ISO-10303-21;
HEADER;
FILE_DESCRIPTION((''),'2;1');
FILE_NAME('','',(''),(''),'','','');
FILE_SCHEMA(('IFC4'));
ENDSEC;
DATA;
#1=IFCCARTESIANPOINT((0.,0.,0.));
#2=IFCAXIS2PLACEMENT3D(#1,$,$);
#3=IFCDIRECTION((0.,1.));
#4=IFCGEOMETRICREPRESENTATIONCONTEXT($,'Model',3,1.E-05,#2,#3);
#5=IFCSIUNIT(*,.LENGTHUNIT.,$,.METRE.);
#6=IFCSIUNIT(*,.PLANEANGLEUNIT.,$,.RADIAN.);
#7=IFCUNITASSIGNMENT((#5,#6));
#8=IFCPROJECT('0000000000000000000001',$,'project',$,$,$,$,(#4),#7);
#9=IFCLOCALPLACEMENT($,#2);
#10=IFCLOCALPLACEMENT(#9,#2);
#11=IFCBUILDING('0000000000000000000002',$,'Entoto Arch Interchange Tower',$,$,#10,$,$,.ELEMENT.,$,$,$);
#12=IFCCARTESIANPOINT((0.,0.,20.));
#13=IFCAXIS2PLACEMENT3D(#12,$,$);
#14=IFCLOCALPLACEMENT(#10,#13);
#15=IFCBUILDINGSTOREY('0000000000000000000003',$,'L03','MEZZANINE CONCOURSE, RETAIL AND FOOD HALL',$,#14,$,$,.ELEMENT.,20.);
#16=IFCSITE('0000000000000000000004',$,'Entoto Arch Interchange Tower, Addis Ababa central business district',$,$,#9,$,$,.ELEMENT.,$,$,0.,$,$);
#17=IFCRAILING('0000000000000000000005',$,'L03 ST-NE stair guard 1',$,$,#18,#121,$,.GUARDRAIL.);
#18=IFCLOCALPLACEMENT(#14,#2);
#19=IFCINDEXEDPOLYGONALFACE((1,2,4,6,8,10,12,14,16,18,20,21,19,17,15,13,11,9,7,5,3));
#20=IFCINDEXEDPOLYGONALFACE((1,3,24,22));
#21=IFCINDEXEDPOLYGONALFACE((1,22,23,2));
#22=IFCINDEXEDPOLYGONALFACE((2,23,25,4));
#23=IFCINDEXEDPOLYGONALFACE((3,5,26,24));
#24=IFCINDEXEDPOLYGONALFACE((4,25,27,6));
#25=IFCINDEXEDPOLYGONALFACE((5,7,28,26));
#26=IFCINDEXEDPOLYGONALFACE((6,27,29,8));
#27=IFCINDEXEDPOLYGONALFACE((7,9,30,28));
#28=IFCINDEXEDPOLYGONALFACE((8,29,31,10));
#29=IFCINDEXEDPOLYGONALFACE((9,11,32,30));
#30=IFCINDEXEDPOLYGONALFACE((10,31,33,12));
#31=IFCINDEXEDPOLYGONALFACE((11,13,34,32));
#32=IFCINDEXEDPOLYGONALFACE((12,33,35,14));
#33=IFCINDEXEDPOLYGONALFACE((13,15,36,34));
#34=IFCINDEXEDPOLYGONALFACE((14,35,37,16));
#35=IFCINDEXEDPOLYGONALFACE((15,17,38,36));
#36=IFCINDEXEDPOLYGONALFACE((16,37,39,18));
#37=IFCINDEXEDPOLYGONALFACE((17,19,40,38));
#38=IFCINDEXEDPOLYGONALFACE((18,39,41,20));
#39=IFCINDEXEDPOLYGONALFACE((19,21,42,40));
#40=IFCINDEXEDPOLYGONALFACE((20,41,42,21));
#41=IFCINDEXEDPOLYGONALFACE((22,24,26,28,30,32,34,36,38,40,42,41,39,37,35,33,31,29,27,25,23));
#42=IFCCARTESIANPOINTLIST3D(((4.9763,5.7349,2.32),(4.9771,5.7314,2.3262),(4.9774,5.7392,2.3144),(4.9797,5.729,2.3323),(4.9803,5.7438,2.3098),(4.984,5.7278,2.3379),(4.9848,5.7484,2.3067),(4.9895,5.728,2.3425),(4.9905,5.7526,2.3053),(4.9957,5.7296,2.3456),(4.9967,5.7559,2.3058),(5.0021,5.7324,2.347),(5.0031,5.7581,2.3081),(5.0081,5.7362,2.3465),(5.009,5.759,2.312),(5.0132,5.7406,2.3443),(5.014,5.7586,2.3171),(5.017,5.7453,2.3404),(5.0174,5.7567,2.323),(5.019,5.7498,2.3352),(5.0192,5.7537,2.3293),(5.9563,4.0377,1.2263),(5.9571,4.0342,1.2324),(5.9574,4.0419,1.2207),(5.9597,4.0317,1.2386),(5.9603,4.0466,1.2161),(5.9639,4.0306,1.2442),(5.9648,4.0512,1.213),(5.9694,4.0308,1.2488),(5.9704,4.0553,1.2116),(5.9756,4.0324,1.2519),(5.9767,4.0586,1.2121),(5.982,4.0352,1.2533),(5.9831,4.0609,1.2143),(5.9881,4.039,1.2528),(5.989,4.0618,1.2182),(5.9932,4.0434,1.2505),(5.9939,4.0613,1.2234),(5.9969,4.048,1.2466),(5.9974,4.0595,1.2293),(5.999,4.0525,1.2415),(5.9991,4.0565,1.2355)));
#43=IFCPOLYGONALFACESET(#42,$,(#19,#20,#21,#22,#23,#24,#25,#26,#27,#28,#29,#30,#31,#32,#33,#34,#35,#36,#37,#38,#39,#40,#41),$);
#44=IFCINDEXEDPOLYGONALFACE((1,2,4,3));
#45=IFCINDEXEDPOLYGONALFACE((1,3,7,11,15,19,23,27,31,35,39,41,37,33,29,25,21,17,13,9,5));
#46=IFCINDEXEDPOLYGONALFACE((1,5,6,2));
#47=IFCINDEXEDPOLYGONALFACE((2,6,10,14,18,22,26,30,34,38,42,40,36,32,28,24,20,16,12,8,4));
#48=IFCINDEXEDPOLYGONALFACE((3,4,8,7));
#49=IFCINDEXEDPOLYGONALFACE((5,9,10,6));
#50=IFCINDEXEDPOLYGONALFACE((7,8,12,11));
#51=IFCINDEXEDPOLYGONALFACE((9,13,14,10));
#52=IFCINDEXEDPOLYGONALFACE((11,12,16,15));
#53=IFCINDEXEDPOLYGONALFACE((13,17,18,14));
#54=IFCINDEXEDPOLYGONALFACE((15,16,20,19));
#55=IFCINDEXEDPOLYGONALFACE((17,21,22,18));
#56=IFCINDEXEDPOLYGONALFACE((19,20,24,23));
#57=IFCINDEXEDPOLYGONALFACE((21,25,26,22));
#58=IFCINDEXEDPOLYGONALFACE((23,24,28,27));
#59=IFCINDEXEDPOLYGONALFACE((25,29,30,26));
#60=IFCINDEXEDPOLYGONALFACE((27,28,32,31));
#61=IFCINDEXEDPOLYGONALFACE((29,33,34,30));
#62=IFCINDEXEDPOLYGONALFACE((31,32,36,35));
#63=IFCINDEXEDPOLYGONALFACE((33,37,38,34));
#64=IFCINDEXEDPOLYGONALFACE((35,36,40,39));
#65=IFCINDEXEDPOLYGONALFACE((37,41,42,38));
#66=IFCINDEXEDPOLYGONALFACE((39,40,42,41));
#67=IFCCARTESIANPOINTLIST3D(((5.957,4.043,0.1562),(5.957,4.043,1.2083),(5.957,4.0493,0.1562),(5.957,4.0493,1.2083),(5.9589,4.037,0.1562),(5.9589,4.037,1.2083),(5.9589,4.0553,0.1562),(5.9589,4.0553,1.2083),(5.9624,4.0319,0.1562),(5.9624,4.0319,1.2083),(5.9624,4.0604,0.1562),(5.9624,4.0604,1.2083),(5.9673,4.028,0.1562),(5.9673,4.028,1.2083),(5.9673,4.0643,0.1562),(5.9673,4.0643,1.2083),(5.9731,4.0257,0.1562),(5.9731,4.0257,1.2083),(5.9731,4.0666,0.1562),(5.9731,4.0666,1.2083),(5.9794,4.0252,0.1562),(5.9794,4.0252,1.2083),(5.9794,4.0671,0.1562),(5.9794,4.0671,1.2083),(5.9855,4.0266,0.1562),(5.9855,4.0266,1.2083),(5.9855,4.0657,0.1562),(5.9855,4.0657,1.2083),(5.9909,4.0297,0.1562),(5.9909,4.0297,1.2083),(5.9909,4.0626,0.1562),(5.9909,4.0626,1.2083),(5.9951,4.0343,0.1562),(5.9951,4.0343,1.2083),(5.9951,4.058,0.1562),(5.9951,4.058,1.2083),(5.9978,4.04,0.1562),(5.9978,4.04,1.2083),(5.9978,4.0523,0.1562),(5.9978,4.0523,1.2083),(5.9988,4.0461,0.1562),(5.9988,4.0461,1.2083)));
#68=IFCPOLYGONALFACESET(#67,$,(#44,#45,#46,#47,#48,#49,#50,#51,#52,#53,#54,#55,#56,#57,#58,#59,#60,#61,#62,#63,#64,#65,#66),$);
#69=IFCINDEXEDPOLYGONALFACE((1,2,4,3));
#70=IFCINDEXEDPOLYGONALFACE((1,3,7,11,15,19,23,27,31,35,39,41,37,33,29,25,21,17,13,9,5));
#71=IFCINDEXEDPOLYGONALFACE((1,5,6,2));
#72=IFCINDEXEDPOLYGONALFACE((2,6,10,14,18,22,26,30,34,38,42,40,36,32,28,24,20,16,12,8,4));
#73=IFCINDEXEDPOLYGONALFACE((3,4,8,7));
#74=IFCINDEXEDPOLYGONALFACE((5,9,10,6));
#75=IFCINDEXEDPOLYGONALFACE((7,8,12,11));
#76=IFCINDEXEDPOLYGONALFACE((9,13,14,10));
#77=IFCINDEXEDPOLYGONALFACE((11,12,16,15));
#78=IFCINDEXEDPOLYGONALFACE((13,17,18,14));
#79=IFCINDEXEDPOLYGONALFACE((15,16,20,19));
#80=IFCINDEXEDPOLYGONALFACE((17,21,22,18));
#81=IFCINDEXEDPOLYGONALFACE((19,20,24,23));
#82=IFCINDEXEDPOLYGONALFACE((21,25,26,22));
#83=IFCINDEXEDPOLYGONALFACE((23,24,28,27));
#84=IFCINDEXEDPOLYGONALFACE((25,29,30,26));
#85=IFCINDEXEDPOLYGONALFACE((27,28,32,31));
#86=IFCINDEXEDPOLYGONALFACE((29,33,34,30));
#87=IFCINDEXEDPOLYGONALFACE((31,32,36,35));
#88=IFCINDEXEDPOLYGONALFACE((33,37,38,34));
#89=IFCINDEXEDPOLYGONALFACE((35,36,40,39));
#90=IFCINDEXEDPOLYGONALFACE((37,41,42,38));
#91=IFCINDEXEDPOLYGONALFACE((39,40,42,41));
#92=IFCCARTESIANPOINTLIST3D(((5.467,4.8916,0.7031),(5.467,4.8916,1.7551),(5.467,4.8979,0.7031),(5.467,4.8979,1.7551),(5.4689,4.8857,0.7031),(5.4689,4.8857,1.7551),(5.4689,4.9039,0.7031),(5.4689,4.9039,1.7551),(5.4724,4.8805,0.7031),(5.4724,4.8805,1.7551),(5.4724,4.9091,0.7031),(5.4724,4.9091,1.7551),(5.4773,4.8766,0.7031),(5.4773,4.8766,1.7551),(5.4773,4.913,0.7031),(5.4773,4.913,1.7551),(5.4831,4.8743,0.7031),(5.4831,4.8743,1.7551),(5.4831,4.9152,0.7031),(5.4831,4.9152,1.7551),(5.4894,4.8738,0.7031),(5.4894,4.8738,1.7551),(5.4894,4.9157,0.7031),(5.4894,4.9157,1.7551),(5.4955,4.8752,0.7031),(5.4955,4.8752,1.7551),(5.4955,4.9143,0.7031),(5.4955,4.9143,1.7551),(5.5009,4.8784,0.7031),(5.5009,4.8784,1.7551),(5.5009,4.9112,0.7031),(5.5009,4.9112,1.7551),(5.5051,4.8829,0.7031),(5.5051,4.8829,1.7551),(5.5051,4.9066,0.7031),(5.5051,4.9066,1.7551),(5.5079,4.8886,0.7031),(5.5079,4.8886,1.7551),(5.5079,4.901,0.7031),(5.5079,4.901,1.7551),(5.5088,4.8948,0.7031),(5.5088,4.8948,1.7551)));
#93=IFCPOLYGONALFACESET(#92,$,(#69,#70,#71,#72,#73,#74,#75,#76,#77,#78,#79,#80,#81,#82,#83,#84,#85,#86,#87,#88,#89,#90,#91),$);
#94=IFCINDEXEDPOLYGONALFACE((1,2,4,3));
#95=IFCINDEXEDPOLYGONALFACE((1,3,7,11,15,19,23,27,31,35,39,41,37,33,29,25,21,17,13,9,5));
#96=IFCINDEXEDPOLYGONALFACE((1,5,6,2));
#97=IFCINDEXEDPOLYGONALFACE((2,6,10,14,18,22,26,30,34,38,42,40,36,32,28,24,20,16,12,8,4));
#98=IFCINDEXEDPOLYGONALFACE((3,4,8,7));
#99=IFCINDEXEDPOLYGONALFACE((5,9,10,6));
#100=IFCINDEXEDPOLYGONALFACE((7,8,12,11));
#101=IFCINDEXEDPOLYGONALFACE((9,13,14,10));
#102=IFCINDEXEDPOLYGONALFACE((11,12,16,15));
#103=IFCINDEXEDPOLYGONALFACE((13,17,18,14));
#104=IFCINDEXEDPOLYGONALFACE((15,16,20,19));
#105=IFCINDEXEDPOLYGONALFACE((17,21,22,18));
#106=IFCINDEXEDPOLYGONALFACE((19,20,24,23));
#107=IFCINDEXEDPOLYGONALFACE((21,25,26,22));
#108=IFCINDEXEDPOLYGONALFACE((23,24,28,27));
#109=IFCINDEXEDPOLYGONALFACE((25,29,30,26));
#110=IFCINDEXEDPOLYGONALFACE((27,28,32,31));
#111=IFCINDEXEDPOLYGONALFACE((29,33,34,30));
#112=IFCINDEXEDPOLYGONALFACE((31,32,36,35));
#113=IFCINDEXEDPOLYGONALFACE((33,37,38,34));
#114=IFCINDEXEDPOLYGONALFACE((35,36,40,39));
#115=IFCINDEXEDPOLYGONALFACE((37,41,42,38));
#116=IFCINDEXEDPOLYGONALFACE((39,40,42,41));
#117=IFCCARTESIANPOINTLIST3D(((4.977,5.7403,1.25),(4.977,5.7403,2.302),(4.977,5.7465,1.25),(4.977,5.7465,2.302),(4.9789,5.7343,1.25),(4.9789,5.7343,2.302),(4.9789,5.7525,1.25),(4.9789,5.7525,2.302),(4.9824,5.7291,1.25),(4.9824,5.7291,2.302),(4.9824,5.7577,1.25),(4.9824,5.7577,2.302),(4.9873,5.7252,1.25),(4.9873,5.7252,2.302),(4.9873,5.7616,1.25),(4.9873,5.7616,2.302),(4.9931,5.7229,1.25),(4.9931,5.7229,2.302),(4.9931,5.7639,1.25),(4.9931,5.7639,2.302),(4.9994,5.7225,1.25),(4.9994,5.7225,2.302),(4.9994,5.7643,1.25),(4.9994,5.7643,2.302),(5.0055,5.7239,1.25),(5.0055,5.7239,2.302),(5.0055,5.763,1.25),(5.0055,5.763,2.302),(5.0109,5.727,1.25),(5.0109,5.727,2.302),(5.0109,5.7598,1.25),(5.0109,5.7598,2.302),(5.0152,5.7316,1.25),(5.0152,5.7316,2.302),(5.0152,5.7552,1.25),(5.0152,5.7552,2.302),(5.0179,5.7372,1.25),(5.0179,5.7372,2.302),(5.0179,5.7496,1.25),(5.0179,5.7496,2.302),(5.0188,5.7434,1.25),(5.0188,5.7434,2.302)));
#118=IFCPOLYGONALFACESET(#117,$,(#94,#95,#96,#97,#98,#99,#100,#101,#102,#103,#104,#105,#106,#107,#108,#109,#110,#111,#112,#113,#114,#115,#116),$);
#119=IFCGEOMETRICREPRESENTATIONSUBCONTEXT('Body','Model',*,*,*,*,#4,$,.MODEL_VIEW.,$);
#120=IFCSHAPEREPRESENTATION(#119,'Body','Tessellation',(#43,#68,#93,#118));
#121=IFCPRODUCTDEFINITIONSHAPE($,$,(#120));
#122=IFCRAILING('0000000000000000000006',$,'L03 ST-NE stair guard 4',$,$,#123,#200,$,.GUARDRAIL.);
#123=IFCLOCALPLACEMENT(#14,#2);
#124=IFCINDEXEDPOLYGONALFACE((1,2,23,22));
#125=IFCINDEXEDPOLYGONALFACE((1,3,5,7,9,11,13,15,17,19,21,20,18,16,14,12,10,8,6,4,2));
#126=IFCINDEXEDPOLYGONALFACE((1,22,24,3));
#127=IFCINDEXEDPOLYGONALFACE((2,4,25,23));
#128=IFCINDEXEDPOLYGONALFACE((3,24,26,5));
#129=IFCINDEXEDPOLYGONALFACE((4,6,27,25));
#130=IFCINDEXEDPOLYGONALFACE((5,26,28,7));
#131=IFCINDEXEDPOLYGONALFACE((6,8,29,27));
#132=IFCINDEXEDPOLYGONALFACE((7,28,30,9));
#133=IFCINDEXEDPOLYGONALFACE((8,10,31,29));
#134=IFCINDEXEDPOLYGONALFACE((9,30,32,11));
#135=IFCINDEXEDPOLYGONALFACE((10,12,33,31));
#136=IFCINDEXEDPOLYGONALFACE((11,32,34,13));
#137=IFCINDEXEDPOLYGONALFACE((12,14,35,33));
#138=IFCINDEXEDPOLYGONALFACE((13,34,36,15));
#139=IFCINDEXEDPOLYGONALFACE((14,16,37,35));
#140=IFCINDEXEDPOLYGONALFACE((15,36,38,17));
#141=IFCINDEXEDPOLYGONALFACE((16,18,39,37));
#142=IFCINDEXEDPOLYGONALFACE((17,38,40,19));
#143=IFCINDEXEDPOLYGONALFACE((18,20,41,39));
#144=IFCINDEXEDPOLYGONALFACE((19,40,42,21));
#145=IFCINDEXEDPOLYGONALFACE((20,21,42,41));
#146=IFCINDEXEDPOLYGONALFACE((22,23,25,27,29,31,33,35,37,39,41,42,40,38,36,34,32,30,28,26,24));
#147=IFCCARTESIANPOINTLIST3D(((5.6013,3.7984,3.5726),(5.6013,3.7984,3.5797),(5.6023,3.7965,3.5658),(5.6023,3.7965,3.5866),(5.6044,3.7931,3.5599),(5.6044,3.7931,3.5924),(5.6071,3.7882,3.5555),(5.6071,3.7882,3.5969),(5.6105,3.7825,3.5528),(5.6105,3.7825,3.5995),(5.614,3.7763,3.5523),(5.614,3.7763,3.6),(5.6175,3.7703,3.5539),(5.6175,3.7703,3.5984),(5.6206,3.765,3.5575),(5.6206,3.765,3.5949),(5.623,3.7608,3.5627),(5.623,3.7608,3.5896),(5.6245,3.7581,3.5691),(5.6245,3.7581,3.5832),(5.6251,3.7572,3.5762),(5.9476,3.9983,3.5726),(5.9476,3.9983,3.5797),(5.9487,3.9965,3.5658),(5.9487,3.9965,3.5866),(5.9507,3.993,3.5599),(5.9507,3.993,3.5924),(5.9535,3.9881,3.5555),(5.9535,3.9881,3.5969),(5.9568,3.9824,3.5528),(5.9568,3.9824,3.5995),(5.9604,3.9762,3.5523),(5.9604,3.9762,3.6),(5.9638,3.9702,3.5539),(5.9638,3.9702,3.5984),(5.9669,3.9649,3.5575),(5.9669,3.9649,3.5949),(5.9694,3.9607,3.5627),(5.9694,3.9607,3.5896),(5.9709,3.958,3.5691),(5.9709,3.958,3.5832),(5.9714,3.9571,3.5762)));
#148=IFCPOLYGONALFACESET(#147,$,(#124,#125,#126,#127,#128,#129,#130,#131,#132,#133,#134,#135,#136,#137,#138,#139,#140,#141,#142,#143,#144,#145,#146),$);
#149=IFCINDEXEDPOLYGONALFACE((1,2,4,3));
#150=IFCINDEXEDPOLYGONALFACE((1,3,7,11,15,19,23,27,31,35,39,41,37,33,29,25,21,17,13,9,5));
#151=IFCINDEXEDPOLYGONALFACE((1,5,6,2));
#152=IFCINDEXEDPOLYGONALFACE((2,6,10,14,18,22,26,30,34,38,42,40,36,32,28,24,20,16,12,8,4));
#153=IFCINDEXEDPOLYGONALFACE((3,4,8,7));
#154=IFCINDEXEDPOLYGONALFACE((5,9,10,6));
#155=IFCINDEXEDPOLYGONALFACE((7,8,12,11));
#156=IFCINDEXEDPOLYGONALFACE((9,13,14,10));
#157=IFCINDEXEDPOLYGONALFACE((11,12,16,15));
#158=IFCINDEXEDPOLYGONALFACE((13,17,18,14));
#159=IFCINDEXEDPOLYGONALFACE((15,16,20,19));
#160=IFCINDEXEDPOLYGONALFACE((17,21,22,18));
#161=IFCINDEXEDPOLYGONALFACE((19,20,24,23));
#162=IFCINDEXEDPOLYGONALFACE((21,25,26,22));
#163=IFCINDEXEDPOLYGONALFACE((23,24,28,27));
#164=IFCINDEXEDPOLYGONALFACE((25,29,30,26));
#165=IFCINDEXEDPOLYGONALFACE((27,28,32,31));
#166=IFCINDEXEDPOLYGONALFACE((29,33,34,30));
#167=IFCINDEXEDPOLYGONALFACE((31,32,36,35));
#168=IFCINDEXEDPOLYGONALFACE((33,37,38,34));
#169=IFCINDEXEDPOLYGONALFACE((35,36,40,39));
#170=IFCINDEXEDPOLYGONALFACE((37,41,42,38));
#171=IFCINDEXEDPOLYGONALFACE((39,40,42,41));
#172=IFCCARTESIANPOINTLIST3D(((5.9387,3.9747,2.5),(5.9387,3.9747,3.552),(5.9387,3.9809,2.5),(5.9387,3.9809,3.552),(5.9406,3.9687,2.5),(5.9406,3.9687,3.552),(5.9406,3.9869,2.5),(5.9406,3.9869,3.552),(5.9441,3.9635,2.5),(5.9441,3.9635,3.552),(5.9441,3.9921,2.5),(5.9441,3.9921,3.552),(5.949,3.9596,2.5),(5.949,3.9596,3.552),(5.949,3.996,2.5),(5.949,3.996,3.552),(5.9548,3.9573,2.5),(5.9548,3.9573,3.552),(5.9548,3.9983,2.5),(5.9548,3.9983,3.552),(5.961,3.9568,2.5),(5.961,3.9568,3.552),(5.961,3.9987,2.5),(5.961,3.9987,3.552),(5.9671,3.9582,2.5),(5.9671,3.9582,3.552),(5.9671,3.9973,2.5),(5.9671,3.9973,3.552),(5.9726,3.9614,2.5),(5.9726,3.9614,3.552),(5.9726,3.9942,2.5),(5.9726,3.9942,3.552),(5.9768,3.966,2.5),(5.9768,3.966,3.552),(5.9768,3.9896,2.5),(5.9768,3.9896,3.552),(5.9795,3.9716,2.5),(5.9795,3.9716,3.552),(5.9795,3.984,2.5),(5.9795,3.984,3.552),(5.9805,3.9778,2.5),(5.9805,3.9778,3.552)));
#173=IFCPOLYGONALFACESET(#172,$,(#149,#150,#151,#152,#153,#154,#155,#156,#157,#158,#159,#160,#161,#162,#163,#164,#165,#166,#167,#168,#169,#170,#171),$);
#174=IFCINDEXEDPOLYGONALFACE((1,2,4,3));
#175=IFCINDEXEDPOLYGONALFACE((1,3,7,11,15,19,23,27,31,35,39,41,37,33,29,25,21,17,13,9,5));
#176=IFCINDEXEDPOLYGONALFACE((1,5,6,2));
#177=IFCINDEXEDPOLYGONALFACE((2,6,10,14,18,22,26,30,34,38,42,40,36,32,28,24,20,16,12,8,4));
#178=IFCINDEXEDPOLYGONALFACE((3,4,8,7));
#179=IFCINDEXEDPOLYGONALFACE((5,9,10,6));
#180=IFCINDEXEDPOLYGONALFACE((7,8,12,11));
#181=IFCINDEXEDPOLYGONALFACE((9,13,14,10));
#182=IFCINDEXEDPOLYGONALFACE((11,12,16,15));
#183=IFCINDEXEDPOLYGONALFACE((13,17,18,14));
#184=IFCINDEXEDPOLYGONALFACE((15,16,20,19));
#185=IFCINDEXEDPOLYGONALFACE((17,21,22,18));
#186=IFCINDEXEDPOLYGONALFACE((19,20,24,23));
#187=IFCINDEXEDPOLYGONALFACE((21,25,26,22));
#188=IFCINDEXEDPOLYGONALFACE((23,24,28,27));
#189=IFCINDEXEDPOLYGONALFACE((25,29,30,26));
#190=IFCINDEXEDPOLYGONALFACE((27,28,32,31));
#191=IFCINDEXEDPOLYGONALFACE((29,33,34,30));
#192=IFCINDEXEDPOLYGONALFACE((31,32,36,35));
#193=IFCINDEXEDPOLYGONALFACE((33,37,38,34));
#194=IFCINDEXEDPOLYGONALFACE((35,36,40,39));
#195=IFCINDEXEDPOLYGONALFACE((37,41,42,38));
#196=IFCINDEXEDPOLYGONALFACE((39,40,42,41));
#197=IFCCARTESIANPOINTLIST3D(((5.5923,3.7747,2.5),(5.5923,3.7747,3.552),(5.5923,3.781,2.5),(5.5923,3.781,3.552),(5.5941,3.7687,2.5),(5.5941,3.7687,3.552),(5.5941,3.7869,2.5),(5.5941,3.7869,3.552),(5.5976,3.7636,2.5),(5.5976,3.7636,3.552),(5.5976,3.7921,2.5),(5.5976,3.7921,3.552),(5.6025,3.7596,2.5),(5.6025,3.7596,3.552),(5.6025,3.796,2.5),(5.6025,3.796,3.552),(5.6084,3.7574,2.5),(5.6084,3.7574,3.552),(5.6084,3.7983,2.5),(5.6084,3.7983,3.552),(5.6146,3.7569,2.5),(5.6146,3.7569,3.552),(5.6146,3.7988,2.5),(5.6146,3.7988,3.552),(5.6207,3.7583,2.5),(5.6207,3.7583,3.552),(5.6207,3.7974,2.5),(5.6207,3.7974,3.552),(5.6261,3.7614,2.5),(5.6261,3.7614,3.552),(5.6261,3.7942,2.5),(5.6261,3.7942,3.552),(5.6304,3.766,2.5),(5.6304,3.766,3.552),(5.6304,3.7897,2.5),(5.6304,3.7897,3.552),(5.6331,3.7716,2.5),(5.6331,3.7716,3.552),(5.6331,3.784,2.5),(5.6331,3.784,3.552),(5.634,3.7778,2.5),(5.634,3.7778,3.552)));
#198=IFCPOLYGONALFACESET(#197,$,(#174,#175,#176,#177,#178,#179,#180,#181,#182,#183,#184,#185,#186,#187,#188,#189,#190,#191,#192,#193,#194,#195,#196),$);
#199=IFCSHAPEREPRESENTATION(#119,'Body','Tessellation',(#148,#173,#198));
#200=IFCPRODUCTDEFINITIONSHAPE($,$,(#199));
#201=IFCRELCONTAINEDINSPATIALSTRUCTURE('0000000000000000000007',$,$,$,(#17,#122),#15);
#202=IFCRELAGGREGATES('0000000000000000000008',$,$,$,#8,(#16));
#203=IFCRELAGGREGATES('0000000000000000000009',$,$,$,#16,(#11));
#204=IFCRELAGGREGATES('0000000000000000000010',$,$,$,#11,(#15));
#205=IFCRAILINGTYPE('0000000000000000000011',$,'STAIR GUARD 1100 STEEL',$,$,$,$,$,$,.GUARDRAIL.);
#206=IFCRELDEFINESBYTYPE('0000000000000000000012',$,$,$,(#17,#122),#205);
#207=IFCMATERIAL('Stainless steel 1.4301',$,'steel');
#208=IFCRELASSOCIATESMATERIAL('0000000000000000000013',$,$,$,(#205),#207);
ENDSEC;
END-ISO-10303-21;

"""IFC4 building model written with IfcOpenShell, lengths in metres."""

from ifc_helpers import new_model, si_unit, direction, frame, origin, origin_2d, place, context, subcontext, project, spatial, circle, extrude, material, type_object, element, save


model = new_model("IFC4")

# Units and contexts
model_context = context("Model", 3, precision=1e-05, world=origin(), true_north=direction((0.0, 1.0)))
body_context = subcontext(model_context, "Body", "Model", "MODEL_VIEW")
ifc_project = project(units=[si_unit("LENGTHUNIT", "METRE"), si_unit("PLANEANGLEUNIT", "RADIAN")], contexts=[model_context])

# Site, building, storey
site_placement = place(None, origin())
site = spatial("IfcSite", under=ifc_project, at=site_placement, Name="Entoto Arch Interchange Tower, Addis Ababa central business district", CompositionType="ELEMENT", RefElevation=0.0)
building_placement = place(site_placement, origin())
building = spatial("IfcBuilding", under=site, at=building_placement, Name="Entoto Arch Interchange Tower", CompositionType="ELEMENT")
storey_placement = place(building_placement, frame((0.0, 0.0, 20.0)))
storey = spatial("IfcBuildingStorey", under=building, at=storey_placement, Name="L03", Description="MEZZANINE CONCOURSE, RETAIL AND FOOD HALL", CompositionType="ELEMENT", Elevation=20.0)

# Railings
ifc_material_1 = material(Name="Stainless steel 1.4301", Category="steel")
railing_type_1 = type_object("IfcRailingType", Name="STAIR GUARD 1100 STEEL", PredefinedType="GUARDRAIL", material=ifc_material_1)
railing_1_placement = place(storey_placement, frame((5.9778, 4.0461, 0.1562)))
element("IfcRailing", 1, at=railing_1_placement, inside=storey, type_object=railing_type_1, Name="L03 ST-NE stair guard 1", PredefinedType="GUARDRAIL", context=body_context, shape_type="SweptSolid", body=[
    extrude(circle(Radius=0.0239, at=origin_2d()), frame((0.0, 0.0, 1.0762), z_axis=(-0.436632, 0.75622, 0.487323), x_axis=(-0.866011, -0.500024, 0.0)), (0.0, 0.0, 1.0), 2.2444),
    extrude(circle(Radius=0.021, at=origin_2d()), origin(), (0.0, 0.0, 1.0), 1.052),
    extrude(circle(Radius=0.021, at=origin_2d()), frame((-0.49, 0.8486, 0.5469)), (0.0, 0.0, 1.0), 1.052),
    extrude(circle(Radius=0.021, at=origin_2d()), frame((-0.98, 1.6973, 1.0938)), (0.0, 0.0, 1.0), 1.052),
])
railing_2_placement = place(storey_placement, frame((5.9595, 3.9778, 2.5)))
element("IfcRailing", 2, at=railing_2_placement, inside=storey, type_object=railing_type_1, Name="L03 ST-NE stair guard 4", PredefinedType="GUARDRAIL", context=body_context, shape_type="SweptSolid", body=[
    extrude(circle(Radius=0.0239, at=origin_2d()), frame((0.0, 0.0, 1.0762), z_axis=(-0.866094, -0.499881, 0.0), x_axis=(0.499881, -0.866094, 0.0)), (0.0, 0.0, 1.0), 0.3999),
    extrude(circle(Radius=0.021, at=origin_2d()), origin(), (0.0, 0.0, 1.0), 1.052),
    extrude(circle(Radius=0.021, at=origin_2d()), frame((-0.3464, -0.2, 0.0)), (0.0, 0.0, 1.0), 1.052),
])

save(model, "model.ifc")
